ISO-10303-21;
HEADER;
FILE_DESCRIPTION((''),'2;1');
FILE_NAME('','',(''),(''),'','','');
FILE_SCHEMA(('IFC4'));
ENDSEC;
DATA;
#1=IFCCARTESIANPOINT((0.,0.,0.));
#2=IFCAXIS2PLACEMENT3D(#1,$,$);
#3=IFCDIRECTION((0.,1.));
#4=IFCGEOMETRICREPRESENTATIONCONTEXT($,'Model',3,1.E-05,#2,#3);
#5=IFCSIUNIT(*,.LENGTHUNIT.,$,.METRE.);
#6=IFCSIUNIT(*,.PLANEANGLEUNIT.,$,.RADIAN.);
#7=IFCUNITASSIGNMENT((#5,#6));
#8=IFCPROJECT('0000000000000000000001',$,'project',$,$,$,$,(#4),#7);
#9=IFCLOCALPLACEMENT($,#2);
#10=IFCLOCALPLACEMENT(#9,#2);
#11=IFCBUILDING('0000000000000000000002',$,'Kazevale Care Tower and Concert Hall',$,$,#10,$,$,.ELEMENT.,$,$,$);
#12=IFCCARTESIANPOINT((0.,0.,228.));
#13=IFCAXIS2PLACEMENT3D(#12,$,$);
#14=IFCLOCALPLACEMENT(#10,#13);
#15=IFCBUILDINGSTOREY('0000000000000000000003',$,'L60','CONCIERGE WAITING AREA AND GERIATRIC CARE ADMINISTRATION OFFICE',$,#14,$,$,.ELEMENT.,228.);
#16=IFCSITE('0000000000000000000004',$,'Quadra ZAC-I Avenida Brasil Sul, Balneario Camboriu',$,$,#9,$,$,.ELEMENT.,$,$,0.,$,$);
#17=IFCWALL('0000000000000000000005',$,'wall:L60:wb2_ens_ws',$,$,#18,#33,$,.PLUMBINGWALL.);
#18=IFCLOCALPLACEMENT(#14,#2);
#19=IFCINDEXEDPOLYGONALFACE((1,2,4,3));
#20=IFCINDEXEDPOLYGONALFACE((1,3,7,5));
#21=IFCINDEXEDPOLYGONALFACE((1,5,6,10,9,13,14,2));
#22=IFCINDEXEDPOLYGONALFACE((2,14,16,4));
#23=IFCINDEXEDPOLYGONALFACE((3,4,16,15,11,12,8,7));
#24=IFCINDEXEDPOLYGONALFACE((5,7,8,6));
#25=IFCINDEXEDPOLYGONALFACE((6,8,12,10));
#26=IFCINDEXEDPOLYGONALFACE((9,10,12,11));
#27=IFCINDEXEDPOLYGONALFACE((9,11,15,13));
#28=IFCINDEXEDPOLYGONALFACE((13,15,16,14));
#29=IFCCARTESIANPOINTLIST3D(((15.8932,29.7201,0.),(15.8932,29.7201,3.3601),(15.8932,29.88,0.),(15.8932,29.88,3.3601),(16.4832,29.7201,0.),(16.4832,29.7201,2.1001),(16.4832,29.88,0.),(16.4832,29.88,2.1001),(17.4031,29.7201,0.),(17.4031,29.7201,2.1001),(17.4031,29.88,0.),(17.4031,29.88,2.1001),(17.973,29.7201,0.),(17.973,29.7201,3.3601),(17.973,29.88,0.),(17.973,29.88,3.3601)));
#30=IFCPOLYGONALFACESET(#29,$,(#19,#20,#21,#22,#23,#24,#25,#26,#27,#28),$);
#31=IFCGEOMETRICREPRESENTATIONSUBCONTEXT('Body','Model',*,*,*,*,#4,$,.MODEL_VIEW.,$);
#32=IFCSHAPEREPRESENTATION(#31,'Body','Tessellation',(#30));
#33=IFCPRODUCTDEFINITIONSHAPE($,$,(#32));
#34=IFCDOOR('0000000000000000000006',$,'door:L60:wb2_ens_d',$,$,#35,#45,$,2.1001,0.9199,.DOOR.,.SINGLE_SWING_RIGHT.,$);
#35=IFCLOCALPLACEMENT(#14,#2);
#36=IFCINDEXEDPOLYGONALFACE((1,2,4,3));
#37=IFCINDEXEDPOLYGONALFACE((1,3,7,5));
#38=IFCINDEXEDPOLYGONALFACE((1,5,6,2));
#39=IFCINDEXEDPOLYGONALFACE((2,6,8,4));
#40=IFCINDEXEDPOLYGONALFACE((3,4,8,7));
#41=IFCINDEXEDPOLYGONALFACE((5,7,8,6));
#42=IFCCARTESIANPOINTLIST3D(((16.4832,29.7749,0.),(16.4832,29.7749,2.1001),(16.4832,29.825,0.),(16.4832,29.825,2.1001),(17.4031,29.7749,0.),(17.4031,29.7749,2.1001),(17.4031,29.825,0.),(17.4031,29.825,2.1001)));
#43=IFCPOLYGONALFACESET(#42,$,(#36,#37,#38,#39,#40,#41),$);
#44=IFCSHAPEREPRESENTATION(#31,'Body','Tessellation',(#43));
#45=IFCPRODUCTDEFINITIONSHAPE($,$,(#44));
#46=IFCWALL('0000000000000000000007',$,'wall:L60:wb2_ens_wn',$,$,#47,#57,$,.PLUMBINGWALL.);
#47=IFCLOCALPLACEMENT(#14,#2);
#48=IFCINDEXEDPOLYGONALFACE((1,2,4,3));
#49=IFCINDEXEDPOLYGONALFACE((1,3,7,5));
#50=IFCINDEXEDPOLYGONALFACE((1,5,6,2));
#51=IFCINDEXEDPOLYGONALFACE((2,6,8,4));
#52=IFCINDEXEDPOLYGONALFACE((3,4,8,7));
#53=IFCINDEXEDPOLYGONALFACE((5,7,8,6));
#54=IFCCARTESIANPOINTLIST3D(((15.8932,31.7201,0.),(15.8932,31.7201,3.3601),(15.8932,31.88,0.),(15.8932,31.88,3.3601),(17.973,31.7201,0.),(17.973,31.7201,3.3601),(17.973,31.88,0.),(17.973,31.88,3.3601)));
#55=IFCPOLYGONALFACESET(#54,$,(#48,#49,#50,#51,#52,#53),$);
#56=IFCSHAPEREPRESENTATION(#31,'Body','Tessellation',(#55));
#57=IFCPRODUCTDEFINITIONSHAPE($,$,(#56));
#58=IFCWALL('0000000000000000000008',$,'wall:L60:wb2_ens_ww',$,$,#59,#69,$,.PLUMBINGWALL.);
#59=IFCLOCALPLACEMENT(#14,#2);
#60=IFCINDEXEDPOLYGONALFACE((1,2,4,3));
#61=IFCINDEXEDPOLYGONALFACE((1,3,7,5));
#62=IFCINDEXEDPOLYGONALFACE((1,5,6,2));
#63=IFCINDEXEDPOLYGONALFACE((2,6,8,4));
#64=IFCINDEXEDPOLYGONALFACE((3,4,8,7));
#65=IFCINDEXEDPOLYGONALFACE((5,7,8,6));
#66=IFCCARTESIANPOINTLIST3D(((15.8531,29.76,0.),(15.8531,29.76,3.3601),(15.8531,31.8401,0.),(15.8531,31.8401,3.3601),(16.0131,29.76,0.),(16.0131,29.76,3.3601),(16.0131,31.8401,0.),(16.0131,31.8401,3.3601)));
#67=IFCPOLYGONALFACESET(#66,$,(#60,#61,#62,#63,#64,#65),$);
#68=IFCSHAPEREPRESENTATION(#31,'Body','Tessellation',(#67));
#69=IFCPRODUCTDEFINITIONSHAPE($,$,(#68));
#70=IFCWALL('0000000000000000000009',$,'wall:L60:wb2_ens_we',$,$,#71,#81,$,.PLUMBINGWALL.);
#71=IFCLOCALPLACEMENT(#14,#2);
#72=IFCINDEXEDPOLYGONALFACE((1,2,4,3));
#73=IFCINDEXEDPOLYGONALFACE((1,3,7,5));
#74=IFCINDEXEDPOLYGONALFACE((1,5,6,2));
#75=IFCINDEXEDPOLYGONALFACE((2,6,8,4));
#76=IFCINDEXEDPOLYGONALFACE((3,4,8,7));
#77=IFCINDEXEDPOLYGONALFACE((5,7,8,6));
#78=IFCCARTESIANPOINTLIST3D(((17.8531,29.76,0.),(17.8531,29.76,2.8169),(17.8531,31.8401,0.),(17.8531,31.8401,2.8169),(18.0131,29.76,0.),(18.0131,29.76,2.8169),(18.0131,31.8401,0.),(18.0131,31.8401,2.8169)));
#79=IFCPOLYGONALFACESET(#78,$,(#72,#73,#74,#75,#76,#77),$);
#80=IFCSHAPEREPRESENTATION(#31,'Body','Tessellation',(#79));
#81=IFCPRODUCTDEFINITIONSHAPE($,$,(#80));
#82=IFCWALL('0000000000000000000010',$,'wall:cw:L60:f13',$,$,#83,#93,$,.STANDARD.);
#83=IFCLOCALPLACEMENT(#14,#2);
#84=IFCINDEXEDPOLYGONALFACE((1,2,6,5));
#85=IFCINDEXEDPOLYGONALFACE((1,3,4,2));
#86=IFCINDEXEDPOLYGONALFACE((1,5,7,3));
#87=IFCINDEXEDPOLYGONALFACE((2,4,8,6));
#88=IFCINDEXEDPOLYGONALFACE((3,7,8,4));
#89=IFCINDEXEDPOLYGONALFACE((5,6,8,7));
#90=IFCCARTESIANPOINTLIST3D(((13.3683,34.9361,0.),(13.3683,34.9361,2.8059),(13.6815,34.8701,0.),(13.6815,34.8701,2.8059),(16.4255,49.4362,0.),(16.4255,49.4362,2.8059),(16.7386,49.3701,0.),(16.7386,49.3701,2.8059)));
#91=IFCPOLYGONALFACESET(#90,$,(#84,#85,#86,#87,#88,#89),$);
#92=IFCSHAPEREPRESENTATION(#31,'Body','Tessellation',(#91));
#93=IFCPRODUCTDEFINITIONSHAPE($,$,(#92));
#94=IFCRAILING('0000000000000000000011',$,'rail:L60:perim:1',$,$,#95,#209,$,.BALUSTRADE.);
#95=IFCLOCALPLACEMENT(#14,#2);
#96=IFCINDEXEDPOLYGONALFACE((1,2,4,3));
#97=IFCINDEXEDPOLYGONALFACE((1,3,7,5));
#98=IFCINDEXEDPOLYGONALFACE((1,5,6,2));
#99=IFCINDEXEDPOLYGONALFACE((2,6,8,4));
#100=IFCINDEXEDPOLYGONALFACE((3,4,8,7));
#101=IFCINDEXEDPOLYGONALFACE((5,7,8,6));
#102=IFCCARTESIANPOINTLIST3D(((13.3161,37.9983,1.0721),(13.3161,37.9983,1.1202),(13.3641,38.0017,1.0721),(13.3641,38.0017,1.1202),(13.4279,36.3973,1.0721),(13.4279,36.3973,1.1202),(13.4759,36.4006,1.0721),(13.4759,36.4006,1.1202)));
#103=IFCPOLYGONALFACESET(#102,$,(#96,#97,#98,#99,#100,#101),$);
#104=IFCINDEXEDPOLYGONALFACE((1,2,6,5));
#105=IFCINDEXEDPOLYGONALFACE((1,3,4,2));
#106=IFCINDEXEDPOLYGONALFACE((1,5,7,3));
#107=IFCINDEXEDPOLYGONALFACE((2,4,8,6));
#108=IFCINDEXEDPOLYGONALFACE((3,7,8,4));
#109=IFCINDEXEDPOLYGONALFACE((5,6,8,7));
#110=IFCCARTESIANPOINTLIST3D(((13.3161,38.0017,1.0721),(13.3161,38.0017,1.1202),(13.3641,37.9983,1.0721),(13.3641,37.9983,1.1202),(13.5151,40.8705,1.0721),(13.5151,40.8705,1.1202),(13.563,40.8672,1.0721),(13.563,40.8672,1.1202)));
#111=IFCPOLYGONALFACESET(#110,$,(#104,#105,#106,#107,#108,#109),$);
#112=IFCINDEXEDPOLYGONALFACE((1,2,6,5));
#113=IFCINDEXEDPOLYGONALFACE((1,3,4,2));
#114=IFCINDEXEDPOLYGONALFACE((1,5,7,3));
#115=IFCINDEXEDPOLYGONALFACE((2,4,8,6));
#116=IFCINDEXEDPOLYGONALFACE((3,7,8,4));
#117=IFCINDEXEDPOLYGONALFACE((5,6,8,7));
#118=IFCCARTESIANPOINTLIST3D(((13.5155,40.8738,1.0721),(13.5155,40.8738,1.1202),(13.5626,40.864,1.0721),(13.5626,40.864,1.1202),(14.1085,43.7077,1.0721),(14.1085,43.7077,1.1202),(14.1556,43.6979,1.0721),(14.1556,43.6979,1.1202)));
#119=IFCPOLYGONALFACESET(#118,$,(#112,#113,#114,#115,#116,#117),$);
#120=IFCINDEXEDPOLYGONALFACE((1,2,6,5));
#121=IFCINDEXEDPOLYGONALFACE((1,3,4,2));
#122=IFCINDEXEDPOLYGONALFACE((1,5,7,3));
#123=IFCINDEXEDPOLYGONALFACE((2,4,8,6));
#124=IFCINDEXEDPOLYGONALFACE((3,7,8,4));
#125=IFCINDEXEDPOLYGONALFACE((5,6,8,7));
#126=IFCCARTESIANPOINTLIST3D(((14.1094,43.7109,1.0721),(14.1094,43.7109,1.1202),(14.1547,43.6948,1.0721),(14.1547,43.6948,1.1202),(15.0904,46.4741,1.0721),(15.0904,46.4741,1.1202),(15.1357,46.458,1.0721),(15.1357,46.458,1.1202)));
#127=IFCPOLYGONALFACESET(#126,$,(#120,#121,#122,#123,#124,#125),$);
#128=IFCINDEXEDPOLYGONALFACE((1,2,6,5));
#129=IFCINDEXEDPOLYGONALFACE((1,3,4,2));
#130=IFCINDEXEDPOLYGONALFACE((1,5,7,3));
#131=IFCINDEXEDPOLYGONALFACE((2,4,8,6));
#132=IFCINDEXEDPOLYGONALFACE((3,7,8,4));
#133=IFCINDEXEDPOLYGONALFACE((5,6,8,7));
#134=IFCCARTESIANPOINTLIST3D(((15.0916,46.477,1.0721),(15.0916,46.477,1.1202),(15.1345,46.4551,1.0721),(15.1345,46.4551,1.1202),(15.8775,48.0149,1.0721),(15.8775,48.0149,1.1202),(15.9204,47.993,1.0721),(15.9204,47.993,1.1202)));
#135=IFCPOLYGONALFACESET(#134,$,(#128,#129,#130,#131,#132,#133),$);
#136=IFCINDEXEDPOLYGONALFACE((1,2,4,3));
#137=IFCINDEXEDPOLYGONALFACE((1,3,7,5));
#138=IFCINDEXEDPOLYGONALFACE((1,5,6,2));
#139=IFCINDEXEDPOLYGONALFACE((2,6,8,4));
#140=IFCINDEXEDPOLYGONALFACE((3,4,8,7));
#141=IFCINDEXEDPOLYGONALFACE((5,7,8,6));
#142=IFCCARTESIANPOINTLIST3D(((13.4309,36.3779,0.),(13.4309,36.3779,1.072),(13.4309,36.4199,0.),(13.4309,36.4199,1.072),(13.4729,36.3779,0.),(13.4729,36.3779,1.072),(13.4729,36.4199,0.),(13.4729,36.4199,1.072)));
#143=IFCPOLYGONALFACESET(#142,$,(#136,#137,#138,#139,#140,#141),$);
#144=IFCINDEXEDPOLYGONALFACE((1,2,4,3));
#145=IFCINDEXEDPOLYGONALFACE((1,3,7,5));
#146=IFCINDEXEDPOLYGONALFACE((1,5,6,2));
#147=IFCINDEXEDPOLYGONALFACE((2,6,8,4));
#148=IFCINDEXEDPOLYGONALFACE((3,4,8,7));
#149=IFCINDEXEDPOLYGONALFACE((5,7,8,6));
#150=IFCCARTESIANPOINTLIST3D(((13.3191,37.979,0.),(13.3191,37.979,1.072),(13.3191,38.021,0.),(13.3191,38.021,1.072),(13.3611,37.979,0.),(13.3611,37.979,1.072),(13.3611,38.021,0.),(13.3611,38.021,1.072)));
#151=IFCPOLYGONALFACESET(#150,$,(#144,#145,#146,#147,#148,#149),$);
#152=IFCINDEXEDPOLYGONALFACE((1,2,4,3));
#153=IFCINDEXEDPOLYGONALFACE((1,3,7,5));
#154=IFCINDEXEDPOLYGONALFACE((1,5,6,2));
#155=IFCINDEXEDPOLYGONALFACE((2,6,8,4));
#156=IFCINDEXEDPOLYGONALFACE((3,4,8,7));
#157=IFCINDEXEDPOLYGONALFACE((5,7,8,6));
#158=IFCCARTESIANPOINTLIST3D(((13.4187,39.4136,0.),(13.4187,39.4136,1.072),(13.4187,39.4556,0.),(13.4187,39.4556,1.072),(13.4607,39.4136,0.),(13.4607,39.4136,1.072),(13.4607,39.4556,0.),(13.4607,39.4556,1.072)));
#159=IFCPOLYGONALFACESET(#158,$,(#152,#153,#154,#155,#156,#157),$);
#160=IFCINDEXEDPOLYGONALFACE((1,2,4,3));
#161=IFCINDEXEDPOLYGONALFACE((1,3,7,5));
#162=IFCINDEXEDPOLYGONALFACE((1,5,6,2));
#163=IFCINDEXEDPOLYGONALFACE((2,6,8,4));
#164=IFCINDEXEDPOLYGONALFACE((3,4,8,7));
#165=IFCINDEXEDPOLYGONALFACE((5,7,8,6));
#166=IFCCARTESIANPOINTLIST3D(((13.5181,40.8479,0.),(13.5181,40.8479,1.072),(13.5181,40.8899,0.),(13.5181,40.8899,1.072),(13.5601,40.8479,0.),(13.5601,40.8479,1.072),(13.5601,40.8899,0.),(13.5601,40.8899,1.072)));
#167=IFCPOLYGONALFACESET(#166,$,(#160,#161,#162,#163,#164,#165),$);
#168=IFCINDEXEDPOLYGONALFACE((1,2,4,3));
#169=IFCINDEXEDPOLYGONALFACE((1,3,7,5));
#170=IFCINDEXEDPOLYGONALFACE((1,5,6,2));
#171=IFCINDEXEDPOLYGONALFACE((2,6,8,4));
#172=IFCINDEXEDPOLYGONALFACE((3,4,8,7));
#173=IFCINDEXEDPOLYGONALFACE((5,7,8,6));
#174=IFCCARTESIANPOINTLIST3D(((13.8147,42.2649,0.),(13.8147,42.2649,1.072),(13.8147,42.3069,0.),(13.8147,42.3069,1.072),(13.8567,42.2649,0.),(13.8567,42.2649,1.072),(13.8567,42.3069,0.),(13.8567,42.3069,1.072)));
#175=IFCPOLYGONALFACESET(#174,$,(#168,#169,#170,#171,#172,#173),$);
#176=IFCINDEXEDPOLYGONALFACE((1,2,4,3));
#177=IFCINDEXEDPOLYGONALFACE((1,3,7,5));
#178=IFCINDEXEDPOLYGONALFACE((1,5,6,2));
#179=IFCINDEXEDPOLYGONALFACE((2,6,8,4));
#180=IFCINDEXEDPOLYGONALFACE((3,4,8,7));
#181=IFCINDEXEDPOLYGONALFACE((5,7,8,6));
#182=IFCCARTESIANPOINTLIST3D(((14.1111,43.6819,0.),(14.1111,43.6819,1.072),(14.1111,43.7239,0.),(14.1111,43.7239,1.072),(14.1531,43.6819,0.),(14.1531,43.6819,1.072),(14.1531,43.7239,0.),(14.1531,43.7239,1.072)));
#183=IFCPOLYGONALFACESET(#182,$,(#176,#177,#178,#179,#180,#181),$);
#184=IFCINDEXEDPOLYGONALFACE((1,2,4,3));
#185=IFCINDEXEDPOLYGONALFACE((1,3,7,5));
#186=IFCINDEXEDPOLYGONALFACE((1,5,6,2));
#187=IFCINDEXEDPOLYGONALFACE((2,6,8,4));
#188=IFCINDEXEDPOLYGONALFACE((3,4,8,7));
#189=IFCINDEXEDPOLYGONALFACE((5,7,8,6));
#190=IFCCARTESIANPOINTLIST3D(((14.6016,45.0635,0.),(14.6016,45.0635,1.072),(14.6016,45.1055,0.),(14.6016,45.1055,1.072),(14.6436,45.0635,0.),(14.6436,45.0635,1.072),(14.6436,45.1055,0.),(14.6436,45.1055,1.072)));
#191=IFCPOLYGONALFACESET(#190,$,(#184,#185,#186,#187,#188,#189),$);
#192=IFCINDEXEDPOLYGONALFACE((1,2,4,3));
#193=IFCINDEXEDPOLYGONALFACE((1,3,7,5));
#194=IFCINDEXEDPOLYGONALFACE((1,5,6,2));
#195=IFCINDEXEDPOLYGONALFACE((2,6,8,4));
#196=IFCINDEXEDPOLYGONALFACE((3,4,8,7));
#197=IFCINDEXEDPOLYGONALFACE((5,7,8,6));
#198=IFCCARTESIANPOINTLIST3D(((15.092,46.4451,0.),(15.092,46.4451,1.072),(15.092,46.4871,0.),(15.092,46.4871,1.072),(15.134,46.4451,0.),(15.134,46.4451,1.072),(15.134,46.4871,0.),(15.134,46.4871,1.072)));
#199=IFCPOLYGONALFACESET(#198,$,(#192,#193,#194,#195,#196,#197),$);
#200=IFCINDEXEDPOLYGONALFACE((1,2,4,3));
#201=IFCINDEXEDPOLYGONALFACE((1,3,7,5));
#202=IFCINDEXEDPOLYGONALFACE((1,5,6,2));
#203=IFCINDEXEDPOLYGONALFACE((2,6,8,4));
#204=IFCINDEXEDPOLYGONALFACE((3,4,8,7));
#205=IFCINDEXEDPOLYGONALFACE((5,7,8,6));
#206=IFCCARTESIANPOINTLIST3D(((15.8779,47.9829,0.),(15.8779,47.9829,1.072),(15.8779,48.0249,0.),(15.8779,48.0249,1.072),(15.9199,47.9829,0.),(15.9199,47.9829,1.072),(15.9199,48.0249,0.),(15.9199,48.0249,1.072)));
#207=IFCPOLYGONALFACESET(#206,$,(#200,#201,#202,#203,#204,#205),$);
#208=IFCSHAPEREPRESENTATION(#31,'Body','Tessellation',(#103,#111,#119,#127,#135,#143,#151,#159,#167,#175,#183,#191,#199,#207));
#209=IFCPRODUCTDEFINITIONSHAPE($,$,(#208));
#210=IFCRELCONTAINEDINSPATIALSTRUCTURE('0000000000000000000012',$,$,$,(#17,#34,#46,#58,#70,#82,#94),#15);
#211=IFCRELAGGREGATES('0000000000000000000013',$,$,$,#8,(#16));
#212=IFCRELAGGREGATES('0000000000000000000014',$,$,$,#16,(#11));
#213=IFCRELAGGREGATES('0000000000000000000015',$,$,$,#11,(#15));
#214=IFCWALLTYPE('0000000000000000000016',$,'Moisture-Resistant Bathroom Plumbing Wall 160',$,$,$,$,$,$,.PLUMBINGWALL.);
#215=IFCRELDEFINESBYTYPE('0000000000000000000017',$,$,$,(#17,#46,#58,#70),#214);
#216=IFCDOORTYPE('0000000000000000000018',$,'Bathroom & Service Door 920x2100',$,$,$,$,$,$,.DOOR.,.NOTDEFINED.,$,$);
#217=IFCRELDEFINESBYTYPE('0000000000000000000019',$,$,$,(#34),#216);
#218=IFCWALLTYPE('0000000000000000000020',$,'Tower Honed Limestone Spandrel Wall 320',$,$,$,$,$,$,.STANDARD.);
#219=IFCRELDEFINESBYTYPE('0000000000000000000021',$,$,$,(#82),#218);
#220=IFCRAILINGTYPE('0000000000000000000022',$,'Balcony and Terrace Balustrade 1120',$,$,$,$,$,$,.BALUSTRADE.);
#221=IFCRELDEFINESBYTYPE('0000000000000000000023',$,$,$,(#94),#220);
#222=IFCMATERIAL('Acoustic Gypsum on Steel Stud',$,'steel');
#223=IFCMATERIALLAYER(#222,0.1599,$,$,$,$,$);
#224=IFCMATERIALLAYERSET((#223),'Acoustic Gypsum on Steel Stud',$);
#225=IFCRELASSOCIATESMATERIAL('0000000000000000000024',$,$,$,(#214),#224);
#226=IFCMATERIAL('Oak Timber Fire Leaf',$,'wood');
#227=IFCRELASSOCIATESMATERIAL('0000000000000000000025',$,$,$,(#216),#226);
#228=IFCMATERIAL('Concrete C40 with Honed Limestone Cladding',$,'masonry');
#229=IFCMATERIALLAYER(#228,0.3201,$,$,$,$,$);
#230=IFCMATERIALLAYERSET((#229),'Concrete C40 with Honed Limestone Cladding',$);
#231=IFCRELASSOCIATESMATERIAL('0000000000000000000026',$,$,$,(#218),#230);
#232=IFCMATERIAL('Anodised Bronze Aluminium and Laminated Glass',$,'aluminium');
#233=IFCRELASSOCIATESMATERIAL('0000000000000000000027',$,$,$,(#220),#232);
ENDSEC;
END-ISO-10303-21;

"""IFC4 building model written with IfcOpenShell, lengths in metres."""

from ifc_helpers import new_model, si_unit, direction, frame, frame_2d, origin, origin_2d, place, context, subcontext, project, spatial, rectangle, extrude, material, layer, layer_set, type_object, element, fill, save


model = new_model("IFC4")

# Units and contexts
model_context = context("Model", 3, precision=1e-05, world=origin(), true_north=direction((0.0, 1.0)))
body_context = subcontext(model_context, "Body", "Model", "MODEL_VIEW")
ifc_project = project(units=[si_unit("LENGTHUNIT", "METRE"), si_unit("PLANEANGLEUNIT", "RADIAN")], contexts=[model_context])

# Site, building, storey
site_placement = place(None, origin())
site = spatial("IfcSite", under=ifc_project, at=site_placement, Name="Quadra ZAC-I Avenida Brasil Sul, Balneario Camboriu", CompositionType="ELEMENT", RefElevation=0.0)
building_placement = place(site_placement, origin())
building = spatial("IfcBuilding", under=site, at=building_placement, Name="Kazevale Care Tower and Concert Hall", CompositionType="ELEMENT")
storey_placement = place(building_placement, frame((0.0, 0.0, 228.0)))
storey = spatial("IfcBuildingStorey", under=building, at=storey_placement, Name="L60", Description="CONCIERGE WAITING AREA AND GERIATRIC CARE ADMINISTRATION OFFICE", CompositionType="ELEMENT", Elevation=228.0)

# Wall, opening, door
ifc_material_1 = material(Name="Acoustic Gypsum on Steel Stud", Category="steel")
ifc_layer_1 = layer(ifc_material_1, 0.1599)
ifc_layer_set_1 = layer_set([ifc_layer_1], Name="Acoustic Gypsum on Steel Stud")
wall_type_1 = type_object("IfcWallType", Name="Moisture-Resistant Bathroom Plumbing Wall 160", PredefinedType="PLUMBINGWALL", material=ifc_layer_set_1)
wall_1_placement = place(storey_placement, frame((15.8931, 29.8, 0.0), z_axis=(0.0, 0.0, 1.0), x_axis=(1.0, 0.0, 0.0)))
wall_1 = element("IfcWall", 1, at=wall_1_placement, inside=storey, type_object=wall_type_1, Name="wall:L60:wb2_ens_ws", PredefinedType="PLUMBINGWALL", context=body_context, shape_type="SweptSolid", body=[
    extrude(rectangle(XDim=2.0798, YDim=0.1599, at=frame_2d((1.04, 0.0))), origin(), (0.0, 0.0, 1.0), 3.3601),
])
opening_placement = place(wall_1_placement, frame((0.5901, 0.0, 0.0)))
opening = element("IfcOpeningElement", 2, at=opening_placement, cuts=wall_1, PredefinedType="OPENING", context=body_context, shape_type="SweptSolid", body=[
    extrude(rectangle(XDim=0.9199, YDim=2.1001, at=frame_2d((0.46, 1.05))), frame((0.0, 0.0898, 0.0), z_axis=(0.0, -1.0, 0.0), x_axis=(1.0, 0.0, 0.0)), (0.0, 0.0, 1.0), 0.1799),
])
ifc_material_2 = material(Name="Oak Timber Fire Leaf", Category="wood")
door_type = type_object("IfcDoorType", Name="Bathroom & Service Door 920x2100", OperationType="NOTDEFINED", PredefinedType="DOOR", material=ifc_material_2)
door_placement = place(opening_placement, origin())
door = element("IfcDoor", 3, at=door_placement, inside=storey, type_object=door_type, Name="door:L60:wb2_ens_d", OperationType="SINGLE_SWING_RIGHT", OverallHeight=2.1001, OverallWidth=0.9199, PredefinedType="DOOR", context=body_context, shape_type="SweptSolid", body=[
    extrude(rectangle(XDim=0.9199, YDim=2.1001, at=frame_2d((0.46, 1.05))), frame((0.0, 0.0249, 0.0), z_axis=(0.0, -1.0, 0.0), x_axis=(1.0, 0.0, 0.0)), (0.0, 0.0, 1.0), 0.05),
])
fill(opening, door)

# Walls
wall_2_placement = place(storey_placement, frame((15.8931, 31.8, 0.0), z_axis=(0.0, 0.0, 1.0), x_axis=(1.0, 0.0, 0.0)))
element("IfcWall", 4, at=wall_2_placement, inside=storey, type_object=wall_type_1, Name="wall:L60:wb2_ens_wn", PredefinedType="PLUMBINGWALL", context=body_context, shape_type="SweptSolid", body=[
    extrude(rectangle(XDim=2.0798, YDim=0.1599, at=frame_2d((1.04, 0.0))), origin(), (0.0, 0.0, 1.0), 3.3601),
])
wall_3_placement = place(storey_placement, frame((15.9331, 29.76, 0.0), z_axis=(0.0, 0.0, 1.0), x_axis=(0.0, 1.0, 0.0)))
element("IfcWall", 5, at=wall_3_placement, inside=storey, type_object=wall_type_1, Name="wall:L60:wb2_ens_ww", PredefinedType="PLUMBINGWALL", context=body_context, shape_type="SweptSolid", body=[
    extrude(rectangle(XDim=2.0801, YDim=0.1599, at=frame_2d((1.04, 0.0))), origin(), (0.0, 0.0, 1.0), 3.3601),
])
wall_4_placement = place(storey_placement, frame((17.9331, 29.76, 0.0), z_axis=(0.0, 0.0, 1.0), x_axis=(0.0, 1.0, 0.0)))
element("IfcWall", 6, at=wall_4_placement, inside=storey, type_object=wall_type_1, Name="wall:L60:wb2_ens_we", PredefinedType="PLUMBINGWALL", context=body_context, shape_type="SweptSolid", body=[
    extrude(rectangle(XDim=2.0801, YDim=0.1599, at=frame_2d((1.04, 0.0))), origin(), (0.0, 0.0, 1.0), 2.8169),
])
ifc_material_3 = material(Name="Concrete C40 with Honed Limestone Cladding", Category="masonry")
ifc_layer_2 = layer(ifc_material_3, 0.3201)
ifc_layer_set_2 = layer_set([ifc_layer_2], Name="Concrete C40 with Honed Limestone Cladding")
wall_type_2 = type_object("IfcWallType", Name="Tower Honed Limestone Spandrel Wall 320", PredefinedType="STANDARD", material=ifc_layer_set_2)
wall_5_placement = place(storey_placement, frame((13.5249, 34.9031, 0.0), z_axis=(0.0, 0.0, 1.0), x_axis=(0.206301, 0.978489, 0.0)))
element("IfcWall", 7, at=wall_5_placement, inside=storey, type_object=wall_type_2, Name="wall:cw:L60:f13", PredefinedType="STANDARD", context=body_context, shape_type="SweptSolid", body=[
    extrude(rectangle(XDim=14.8188, YDim=0.3201, at=frame_2d((7.4094, 0.0))), origin(), (0.0, 0.0, 1.0), 2.8059),
])

# Railing
ifc_material_4 = material(Name="Anodised Bronze Aluminium and Laminated Glass", Category="aluminium")
railing_type = type_object("IfcRailingType", Name="Balcony and Terrace Balustrade 1120", PredefinedType="BALUSTRADE", material=ifc_material_4)
railing_placement = place(storey_placement, frame((13.4519, 36.3989, 0.0)))
element("IfcRailing", 8, at=railing_placement, inside=storey, type_object=railing_type, Name="rail:L60:perim:1", PredefinedType="BALUSTRADE", context=body_context, shape_type="SweptSolid", body=[
    extrude(rectangle(XDim=0.0481, YDim=0.0481, at=origin_2d()), frame((0.0, 0.0, 1.0962), z_axis=(-0.069669, 0.99757, 0.0), x_axis=(-0.99757, -0.069669, 0.0)), (0.0, 0.0, 1.0), 1.605),
    extrude(rectangle(XDim=0.0481, YDim=0.0481, at=origin_2d()), frame((-0.1118, 1.6011, 1.0962), z_axis=(0.06919, 0.997604, 0.0), x_axis=(-0.997604, 0.06919, 0.0)), (0.0, 0.0, 1.0), 2.8757),
    extrude(rectangle(XDim=0.0481, YDim=0.0481, at=origin_2d()), frame((0.0872, 4.47, 1.0962), z_axis=(0.204816, 0.9788, 0.0), x_axis=(-0.9788, 0.204816, 0.0)), (0.0, 0.0, 1.0), 2.8953),
    extrude(rectangle(XDim=0.0481, YDim=0.0481, at=origin_2d()), frame((0.6802, 7.304, 1.0962), z_axis=(0.334553, 0.942377, 0.0), x_axis=(-0.942377, 0.334553, 0.0)), (0.0, 0.0, 1.0), 2.9321),
    extrude(rectangle(XDim=0.0481, YDim=0.0481, at=origin_2d()), frame((1.6611, 10.0671, 1.0962), z_axis=(0.455056, 0.890463, 0.0), x_axis=(-0.890463, 0.455056, 0.0)), (0.0, 0.0, 1.0), 1.7271),
    extrude(rectangle(XDim=0.042, YDim=0.042, at=origin_2d()), origin(), (0.0, 0.0, 1.0), 1.072),
    extrude(rectangle(XDim=0.042, YDim=0.042, at=origin_2d()), frame((-0.1118, 1.6011, 0.0)), (0.0, 0.0, 1.0), 1.072),
    extrude(rectangle(XDim=0.042, YDim=0.042, at=origin_2d()), frame((-0.0122, 3.0356, 0.0)), (0.0, 0.0, 1.0), 1.072),
    extrude(rectangle(XDim=0.042, YDim=0.042, at=origin_2d()), frame((0.0872, 4.47, 0.0)), (0.0, 0.0, 1.0), 1.072),
    extrude(rectangle(XDim=0.042, YDim=0.042, at=origin_2d()), frame((0.3838, 5.887, 0.0)), (0.0, 0.0, 1.0), 1.072),
    extrude(rectangle(XDim=0.042, YDim=0.042, at=origin_2d()), frame((0.6802, 7.304, 0.0)), (0.0, 0.0, 1.0), 1.072),
    extrude(rectangle(XDim=0.042, YDim=0.042, at=origin_2d()), frame((1.1707, 8.6855, 0.0)), (0.0, 0.0, 1.0), 1.072),
    extrude(rectangle(XDim=0.042, YDim=0.042, at=origin_2d()), frame((1.6611, 10.0671, 0.0)), (0.0, 0.0, 1.0), 1.072),
    extrude(rectangle(XDim=0.042, YDim=0.042, at=origin_2d()), frame((2.447, 11.605, 0.0)), (0.0, 0.0, 1.0), 1.072),
])

save(model, "model.ifc")
